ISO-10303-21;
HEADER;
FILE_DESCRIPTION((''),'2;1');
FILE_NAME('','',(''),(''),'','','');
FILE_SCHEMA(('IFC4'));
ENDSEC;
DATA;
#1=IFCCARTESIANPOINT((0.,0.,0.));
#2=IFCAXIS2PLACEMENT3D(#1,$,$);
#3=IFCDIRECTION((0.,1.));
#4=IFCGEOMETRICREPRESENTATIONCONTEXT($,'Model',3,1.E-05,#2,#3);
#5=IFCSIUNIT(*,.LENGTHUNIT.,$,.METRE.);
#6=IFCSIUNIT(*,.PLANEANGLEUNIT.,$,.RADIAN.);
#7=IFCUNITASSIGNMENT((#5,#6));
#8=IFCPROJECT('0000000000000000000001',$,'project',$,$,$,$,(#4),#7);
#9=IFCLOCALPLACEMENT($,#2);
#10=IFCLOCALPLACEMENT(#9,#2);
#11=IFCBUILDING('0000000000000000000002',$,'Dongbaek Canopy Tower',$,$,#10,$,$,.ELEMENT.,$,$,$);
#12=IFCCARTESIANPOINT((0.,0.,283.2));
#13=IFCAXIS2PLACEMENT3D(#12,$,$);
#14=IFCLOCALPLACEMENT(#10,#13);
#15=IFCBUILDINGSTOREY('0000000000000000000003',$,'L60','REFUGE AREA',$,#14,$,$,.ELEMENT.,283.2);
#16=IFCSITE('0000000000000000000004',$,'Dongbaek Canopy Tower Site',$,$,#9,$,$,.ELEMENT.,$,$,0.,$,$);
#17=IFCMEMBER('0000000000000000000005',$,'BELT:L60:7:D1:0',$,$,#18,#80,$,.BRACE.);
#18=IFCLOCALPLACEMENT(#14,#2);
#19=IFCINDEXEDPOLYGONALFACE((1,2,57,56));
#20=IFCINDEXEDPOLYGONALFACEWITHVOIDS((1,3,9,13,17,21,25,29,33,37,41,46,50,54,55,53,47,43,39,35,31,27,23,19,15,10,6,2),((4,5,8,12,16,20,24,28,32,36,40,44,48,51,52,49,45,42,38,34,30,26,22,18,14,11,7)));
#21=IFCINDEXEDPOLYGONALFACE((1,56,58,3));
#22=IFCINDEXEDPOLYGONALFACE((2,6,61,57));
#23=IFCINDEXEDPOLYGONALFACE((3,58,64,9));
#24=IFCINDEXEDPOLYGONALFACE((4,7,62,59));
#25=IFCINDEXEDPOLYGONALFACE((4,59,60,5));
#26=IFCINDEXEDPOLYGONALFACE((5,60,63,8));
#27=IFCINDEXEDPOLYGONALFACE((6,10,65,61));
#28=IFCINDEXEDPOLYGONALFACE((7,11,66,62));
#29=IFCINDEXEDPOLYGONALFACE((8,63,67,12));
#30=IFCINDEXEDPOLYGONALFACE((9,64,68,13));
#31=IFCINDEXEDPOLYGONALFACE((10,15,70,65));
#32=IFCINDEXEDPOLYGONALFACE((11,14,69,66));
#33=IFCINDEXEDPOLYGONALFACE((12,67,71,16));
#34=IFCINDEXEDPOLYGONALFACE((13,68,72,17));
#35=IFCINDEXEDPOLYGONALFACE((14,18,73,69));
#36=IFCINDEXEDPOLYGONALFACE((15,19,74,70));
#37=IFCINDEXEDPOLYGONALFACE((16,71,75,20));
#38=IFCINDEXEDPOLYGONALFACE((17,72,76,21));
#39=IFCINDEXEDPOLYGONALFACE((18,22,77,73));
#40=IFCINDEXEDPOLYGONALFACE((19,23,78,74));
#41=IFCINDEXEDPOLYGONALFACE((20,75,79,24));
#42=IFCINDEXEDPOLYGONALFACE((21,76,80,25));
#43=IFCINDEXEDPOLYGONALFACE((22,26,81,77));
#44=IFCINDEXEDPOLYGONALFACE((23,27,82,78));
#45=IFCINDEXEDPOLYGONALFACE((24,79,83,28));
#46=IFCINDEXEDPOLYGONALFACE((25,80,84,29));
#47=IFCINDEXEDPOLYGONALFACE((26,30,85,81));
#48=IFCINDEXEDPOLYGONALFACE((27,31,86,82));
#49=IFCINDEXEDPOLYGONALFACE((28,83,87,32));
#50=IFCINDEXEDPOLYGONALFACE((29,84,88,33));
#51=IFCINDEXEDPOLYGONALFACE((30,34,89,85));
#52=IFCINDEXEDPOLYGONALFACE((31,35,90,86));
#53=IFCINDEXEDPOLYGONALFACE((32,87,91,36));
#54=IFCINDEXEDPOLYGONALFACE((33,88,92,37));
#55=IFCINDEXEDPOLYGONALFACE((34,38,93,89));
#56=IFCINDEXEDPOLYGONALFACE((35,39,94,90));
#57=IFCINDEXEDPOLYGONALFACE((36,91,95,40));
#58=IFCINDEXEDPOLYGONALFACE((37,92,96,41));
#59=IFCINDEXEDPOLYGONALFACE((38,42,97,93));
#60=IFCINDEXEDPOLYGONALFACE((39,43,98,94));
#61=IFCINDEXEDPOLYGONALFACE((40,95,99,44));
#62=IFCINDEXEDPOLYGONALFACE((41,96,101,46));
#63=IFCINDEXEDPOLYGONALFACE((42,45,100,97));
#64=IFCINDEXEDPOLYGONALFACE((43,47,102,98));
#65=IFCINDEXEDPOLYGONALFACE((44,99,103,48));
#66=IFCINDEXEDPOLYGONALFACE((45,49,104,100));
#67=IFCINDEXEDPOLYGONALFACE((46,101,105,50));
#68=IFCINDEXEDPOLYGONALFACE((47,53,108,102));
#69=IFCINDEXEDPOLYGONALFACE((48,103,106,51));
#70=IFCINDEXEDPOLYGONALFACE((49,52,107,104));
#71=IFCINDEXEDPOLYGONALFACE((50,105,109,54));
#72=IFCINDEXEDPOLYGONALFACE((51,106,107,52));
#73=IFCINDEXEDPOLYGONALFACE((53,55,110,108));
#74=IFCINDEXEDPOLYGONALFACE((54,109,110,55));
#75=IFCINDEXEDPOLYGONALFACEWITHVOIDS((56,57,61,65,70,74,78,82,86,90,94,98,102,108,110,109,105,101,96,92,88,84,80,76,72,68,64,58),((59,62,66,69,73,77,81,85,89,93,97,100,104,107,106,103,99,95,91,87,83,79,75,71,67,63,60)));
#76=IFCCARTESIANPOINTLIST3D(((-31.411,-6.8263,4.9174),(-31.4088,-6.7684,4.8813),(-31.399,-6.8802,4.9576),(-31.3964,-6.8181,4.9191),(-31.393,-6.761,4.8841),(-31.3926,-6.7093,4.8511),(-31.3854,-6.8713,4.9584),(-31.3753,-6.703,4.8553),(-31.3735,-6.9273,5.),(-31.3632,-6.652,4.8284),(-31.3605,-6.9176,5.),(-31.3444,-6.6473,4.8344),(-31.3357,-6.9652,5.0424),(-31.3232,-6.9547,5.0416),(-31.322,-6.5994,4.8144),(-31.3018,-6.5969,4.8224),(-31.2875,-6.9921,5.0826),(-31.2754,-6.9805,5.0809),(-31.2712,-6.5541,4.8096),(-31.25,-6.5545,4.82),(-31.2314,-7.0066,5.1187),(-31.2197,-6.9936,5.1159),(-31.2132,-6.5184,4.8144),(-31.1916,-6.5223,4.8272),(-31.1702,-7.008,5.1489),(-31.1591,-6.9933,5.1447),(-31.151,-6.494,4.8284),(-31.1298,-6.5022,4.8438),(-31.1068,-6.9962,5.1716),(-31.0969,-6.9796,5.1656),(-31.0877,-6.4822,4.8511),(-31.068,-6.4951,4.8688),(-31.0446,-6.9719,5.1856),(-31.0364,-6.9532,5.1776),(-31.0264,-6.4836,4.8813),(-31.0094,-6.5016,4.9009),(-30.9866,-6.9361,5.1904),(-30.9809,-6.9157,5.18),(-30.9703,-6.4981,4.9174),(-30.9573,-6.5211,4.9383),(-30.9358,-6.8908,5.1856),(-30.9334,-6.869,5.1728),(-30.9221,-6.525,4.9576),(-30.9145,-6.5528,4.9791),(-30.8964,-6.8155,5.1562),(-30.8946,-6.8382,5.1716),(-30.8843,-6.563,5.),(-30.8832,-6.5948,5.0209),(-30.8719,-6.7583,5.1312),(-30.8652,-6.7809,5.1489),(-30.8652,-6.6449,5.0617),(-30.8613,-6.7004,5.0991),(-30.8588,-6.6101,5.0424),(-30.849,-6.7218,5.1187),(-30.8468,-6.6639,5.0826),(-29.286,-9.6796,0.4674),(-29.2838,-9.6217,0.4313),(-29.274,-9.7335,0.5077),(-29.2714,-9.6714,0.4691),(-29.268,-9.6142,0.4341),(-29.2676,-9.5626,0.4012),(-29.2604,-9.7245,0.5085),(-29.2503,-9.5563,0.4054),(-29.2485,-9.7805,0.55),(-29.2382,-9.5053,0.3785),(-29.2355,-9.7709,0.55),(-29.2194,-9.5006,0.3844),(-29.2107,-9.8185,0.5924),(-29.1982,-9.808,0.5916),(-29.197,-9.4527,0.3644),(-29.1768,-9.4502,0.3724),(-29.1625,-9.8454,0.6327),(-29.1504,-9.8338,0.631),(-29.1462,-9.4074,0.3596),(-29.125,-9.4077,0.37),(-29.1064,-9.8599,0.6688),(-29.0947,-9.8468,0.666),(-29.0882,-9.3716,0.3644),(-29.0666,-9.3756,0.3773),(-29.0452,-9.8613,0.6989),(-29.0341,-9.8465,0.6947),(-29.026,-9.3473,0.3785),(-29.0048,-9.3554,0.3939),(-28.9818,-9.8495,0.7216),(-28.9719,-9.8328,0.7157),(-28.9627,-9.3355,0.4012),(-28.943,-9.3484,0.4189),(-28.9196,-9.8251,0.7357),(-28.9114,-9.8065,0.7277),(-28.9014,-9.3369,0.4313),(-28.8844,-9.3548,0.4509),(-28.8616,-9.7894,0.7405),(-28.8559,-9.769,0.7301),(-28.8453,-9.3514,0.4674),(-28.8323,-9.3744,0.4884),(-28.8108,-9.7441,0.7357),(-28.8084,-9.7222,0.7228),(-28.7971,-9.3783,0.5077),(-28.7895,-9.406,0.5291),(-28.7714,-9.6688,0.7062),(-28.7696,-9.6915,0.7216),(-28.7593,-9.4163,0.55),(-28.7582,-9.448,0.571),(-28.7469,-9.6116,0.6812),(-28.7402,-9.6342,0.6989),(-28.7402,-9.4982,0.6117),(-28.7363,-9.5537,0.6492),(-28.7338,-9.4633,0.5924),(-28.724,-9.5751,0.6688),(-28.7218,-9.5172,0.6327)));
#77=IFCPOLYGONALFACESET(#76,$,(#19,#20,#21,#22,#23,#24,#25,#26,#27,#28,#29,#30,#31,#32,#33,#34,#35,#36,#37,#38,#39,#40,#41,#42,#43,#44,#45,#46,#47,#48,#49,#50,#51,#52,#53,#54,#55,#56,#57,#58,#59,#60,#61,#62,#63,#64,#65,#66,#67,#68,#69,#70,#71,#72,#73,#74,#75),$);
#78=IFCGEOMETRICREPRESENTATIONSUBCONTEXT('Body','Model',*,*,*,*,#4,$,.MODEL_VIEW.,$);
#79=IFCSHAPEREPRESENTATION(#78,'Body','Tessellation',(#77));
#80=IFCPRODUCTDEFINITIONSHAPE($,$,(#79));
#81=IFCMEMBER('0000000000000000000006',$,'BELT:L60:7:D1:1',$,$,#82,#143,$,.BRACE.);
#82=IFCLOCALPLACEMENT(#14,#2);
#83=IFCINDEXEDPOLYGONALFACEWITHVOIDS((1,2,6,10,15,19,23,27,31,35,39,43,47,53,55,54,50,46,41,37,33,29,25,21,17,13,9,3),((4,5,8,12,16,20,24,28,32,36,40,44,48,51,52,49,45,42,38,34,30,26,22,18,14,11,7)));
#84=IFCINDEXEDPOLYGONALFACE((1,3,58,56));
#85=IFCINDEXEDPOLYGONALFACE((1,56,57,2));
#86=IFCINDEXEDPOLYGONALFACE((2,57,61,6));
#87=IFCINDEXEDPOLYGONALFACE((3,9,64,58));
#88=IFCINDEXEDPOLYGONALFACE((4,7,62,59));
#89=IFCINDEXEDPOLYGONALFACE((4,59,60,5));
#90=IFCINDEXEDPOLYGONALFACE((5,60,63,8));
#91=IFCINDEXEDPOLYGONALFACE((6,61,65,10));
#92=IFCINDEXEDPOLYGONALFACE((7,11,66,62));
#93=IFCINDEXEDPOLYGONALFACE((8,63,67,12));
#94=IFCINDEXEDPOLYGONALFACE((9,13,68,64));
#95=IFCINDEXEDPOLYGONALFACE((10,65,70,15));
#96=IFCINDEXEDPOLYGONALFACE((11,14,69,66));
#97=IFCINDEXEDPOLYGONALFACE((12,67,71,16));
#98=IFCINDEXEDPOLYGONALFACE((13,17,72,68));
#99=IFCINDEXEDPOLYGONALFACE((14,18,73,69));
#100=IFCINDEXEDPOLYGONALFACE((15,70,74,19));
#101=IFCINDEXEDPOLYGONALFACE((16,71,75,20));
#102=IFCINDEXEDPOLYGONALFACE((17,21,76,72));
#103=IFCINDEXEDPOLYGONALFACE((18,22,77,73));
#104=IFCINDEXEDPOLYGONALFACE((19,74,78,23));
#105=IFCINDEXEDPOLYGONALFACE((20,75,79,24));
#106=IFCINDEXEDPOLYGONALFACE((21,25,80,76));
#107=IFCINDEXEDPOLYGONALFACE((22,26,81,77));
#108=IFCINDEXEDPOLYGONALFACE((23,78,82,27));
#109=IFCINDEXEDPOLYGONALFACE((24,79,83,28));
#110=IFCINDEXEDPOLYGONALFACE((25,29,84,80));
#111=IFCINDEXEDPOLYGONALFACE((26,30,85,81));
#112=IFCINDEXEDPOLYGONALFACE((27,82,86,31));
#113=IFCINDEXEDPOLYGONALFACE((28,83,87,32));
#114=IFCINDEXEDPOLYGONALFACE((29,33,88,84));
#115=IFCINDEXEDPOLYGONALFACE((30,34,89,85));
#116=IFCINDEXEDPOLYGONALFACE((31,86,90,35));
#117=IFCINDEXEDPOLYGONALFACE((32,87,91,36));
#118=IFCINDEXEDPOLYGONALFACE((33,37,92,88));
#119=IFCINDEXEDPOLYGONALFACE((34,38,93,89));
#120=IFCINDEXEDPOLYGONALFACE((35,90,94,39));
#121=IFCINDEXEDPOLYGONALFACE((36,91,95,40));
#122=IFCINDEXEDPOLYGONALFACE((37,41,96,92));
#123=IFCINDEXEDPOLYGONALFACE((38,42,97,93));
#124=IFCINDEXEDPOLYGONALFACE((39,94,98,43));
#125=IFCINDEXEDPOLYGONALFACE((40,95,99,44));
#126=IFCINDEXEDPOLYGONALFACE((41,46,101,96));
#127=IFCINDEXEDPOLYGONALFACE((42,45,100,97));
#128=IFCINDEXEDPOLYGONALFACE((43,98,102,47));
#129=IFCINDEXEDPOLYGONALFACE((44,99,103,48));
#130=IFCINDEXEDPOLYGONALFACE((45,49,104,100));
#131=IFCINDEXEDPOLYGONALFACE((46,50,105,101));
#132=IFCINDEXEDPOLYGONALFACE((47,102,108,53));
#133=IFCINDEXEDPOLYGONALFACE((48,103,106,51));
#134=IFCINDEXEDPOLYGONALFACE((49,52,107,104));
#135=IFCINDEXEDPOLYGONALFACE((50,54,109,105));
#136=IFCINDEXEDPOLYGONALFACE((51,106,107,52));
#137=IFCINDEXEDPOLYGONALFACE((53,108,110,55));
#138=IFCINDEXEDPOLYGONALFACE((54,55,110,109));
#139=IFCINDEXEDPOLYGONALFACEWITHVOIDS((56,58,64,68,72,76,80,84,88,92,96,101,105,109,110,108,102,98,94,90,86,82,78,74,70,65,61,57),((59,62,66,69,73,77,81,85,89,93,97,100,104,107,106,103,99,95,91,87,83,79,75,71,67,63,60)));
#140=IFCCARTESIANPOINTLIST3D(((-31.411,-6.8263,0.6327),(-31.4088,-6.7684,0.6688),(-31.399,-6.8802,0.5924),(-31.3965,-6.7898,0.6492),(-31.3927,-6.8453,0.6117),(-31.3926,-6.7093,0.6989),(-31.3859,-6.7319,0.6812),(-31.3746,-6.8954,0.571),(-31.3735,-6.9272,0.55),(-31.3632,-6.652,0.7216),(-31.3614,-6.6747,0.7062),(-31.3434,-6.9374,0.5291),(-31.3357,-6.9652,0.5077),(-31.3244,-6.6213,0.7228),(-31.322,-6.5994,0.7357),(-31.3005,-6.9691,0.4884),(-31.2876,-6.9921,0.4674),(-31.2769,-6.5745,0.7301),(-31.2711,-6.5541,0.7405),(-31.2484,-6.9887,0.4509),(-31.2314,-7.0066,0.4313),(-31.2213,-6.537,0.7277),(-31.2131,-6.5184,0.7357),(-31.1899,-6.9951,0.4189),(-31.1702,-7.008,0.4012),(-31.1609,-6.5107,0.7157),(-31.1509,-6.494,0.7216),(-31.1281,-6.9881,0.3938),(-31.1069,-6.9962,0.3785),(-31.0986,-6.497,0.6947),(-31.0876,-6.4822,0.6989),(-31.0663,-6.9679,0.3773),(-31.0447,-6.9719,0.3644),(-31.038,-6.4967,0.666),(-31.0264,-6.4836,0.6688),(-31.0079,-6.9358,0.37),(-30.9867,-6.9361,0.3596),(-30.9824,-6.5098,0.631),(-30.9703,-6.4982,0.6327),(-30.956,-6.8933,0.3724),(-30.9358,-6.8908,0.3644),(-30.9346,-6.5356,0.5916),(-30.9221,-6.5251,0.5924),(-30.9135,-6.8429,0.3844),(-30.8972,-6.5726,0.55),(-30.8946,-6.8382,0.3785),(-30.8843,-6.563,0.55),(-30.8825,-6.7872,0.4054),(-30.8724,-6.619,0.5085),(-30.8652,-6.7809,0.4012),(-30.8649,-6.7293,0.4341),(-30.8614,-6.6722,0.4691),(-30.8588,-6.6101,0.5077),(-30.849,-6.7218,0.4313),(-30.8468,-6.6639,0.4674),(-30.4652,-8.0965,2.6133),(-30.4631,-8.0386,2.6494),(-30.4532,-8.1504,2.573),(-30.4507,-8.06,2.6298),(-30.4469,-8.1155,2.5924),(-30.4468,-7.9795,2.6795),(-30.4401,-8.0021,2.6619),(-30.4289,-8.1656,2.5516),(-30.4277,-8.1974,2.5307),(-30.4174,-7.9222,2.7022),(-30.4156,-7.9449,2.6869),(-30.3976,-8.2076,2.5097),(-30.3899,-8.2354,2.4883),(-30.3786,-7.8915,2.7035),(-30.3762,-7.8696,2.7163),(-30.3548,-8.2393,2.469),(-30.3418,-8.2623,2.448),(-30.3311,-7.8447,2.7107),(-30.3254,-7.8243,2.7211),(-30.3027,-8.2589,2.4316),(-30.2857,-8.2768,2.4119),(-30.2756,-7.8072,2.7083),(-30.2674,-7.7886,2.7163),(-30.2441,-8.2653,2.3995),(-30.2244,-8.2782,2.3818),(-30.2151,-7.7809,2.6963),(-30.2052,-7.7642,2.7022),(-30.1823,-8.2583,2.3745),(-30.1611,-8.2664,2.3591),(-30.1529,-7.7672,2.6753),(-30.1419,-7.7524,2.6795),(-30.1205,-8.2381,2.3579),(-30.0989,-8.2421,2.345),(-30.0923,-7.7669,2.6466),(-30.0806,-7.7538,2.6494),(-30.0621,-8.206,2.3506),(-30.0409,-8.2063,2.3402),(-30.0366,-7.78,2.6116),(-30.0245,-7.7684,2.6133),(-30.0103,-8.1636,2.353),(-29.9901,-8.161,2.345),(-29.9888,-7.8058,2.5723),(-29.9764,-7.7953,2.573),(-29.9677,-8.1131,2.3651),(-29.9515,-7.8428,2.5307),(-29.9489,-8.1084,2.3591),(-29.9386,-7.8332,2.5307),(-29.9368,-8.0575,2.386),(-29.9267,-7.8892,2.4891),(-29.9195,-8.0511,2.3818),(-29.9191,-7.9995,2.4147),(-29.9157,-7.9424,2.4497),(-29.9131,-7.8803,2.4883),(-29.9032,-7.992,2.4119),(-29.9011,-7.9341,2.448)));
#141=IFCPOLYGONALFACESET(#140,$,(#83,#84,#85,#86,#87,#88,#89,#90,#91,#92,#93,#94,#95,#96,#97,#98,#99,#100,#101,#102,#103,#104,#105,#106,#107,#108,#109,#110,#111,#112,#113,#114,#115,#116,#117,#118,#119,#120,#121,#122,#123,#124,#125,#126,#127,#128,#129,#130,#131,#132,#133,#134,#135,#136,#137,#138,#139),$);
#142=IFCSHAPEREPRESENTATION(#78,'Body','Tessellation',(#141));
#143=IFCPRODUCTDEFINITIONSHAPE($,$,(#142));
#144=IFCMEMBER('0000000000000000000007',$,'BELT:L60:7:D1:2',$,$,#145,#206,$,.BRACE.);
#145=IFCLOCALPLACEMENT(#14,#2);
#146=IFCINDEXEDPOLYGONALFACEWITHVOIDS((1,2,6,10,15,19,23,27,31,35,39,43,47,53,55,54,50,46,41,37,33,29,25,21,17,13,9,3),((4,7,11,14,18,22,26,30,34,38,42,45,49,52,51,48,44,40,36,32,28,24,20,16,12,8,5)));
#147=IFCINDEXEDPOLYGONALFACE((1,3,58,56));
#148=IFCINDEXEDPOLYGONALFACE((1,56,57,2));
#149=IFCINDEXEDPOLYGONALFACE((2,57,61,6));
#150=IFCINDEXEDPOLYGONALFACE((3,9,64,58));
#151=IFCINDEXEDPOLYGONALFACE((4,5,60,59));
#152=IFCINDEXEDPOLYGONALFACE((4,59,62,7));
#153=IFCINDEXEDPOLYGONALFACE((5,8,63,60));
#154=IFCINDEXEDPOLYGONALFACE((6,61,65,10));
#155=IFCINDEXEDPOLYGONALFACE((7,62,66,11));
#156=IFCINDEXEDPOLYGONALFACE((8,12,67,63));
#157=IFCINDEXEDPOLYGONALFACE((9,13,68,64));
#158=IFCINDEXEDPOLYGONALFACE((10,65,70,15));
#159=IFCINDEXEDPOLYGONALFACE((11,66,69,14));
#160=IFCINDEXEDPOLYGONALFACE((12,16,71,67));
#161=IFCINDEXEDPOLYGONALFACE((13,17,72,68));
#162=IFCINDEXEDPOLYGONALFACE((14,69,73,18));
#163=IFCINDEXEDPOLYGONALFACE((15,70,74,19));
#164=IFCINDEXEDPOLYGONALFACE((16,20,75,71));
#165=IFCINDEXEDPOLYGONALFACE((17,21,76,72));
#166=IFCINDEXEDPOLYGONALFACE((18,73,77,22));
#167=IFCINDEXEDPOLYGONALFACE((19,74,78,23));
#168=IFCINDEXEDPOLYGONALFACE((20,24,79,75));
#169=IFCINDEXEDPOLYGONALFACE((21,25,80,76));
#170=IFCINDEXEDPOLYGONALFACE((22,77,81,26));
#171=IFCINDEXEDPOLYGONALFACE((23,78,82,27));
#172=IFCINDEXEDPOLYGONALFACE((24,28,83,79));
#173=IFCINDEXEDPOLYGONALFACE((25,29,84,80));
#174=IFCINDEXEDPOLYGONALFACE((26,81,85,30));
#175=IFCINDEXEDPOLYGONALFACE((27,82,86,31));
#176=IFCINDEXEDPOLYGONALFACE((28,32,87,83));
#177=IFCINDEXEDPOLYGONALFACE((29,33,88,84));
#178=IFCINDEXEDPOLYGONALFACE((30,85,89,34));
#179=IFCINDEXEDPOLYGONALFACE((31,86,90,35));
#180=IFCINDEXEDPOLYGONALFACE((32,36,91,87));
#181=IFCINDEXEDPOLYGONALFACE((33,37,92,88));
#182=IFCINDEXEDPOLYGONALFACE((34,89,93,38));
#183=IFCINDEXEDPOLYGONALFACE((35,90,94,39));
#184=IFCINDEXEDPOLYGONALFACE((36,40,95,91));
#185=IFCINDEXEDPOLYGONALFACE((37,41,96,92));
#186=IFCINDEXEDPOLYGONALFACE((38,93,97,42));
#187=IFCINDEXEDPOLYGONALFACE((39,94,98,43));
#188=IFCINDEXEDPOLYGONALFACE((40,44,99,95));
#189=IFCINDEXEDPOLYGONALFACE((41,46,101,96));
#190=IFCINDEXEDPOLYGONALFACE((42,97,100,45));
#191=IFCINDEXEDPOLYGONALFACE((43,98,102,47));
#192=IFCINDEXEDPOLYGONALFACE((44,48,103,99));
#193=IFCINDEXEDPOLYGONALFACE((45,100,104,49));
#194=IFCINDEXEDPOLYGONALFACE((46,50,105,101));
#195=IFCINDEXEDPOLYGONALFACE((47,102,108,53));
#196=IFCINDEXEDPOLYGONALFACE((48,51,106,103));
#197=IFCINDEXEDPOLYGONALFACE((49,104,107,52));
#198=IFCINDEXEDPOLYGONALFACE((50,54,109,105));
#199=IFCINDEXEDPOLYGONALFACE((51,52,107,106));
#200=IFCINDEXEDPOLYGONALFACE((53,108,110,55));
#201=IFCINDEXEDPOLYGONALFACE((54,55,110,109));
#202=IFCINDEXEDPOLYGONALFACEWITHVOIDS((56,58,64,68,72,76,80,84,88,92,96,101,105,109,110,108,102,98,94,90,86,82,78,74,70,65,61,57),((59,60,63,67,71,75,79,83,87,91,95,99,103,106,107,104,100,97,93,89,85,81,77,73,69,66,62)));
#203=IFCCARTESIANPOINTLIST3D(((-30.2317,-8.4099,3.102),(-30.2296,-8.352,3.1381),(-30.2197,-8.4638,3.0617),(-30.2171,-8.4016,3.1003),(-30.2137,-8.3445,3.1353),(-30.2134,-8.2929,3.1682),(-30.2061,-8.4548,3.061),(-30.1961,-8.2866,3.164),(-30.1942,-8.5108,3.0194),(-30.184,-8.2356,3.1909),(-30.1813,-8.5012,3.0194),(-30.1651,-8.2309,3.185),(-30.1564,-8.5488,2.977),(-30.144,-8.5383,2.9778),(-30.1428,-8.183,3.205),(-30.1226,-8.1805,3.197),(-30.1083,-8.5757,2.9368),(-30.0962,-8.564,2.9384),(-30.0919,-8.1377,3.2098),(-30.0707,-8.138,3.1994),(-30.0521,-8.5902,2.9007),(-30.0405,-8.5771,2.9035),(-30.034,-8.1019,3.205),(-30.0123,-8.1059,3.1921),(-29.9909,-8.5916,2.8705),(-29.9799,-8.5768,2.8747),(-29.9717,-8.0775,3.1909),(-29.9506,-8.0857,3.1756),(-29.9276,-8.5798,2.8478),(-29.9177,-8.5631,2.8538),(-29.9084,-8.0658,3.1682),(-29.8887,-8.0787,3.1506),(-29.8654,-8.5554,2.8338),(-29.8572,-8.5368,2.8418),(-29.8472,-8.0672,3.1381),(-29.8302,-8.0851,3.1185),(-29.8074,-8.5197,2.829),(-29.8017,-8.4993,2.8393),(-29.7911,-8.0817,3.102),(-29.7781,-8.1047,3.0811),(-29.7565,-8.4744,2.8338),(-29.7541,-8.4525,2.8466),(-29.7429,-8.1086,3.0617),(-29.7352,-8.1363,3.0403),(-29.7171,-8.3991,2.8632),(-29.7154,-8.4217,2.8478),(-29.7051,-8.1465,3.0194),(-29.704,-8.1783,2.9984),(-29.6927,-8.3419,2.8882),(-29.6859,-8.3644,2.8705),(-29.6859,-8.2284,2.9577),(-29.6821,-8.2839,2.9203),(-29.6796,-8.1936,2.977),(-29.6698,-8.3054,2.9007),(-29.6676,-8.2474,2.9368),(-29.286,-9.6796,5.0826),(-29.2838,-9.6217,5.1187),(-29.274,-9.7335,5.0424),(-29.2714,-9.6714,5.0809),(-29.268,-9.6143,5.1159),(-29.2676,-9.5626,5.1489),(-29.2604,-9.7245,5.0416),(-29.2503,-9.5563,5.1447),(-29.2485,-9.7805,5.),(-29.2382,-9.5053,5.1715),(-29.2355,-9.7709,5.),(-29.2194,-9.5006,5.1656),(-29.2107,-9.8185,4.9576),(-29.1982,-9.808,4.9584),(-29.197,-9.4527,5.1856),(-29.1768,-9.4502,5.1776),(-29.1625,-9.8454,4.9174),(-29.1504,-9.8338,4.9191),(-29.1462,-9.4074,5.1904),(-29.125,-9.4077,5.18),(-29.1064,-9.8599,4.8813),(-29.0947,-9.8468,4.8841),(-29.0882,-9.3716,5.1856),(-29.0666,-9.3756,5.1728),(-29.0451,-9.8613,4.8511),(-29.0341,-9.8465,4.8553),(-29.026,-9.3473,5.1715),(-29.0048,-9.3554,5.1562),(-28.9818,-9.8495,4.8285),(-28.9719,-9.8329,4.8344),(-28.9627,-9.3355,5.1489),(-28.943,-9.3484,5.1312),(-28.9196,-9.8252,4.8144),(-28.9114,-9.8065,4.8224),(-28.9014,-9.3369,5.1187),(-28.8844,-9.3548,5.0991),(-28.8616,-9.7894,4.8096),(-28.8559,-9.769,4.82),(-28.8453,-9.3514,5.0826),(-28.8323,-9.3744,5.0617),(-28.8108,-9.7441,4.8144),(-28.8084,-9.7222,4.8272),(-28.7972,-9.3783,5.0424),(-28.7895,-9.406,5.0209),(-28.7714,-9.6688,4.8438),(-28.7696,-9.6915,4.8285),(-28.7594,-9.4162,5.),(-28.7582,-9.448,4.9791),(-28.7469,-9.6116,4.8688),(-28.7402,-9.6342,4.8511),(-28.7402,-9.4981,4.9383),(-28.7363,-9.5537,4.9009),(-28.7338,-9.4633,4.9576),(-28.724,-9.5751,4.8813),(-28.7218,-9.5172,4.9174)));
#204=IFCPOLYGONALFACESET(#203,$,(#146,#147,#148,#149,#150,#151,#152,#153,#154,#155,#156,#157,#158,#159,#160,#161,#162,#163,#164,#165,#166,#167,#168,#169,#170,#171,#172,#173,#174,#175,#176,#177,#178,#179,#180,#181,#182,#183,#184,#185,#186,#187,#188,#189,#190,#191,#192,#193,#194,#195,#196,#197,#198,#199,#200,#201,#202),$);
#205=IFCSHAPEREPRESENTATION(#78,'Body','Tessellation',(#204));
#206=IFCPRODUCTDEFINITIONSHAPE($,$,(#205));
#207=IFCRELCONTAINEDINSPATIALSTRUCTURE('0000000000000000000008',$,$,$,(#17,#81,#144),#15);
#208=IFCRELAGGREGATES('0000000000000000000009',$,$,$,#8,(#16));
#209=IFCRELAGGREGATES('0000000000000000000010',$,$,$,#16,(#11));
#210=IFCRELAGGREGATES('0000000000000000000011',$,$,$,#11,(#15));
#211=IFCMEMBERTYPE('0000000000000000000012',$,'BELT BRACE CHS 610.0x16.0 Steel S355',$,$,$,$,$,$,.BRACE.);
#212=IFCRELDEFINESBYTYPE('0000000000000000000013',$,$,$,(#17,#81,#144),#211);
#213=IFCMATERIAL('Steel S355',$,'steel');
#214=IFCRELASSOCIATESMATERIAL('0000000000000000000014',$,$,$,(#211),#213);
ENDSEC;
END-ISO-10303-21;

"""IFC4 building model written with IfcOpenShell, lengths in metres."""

from ifc_helpers import new_model, si_unit, direction, frame, origin, origin_2d, place, context, subcontext, project, spatial, hollow_circle, extrude, material, material_profile, profile_set, type_object, element, save


model = new_model("IFC4")

# Units and contexts
model_context = context("Model", 3, precision=1e-05, world=origin(), true_north=direction((0.0, 1.0)))
body_context = subcontext(model_context, "Body", "Model", "MODEL_VIEW")
ifc_project = project(units=[si_unit("LENGTHUNIT", "METRE"), si_unit("PLANEANGLEUNIT", "RADIAN")], contexts=[model_context])

# Site, building, storey
site_placement = place(None, origin())
site = spatial("IfcSite", under=ifc_project, at=site_placement, Name="Dongbaek Canopy Tower Site", CompositionType="ELEMENT", RefElevation=0.0)
building_placement = place(site_placement, origin())
building = spatial("IfcBuilding", under=site, at=building_placement, Name="Dongbaek Canopy Tower", CompositionType="ELEMENT")
storey_placement = place(building_placement, frame((0.0, 0.0, 283.2)))
storey = spatial("IfcBuildingStorey", under=building, at=storey_placement, Name="L60", Description="REFUGE AREA", CompositionType="ELEMENT", Elevation=283.2)

# Members
ifc_material_1 = material(Name="Steel S355", Category="steel")
ifc_material_profile_1 = material_profile(ifc_material_1, hollow_circle(Radius=0.3049, WallThickness=0.0161, at=origin_2d()), Name="BELT BRACE CHS 610.0x16.0 Steel S355")
ifc_profile_set_1 = profile_set([ifc_material_profile_1], Name="Steel S355")
member_type_1 = type_object("IfcMemberType", Name="BELT BRACE CHS 610.0x16.0 Steel S355", PredefinedType="BRACE", material=ifc_profile_set_1)
member_1_placement = place(storey_placement, frame((-29.0039, -9.5984, 0.55), z_axis=(-0.372986, 0.500814, 0.781068), x_axis=(-0.802013, -0.597307, 0.0)))
element("IfcMember", 1, at=member_1_placement, inside=storey, type_object=member_type_1, Name="BELT:L60:7:D1:0", PredefinedType="BRACE", context=body_context, shape_type="SweptSolid", body=[
    extrude(hollow_circle(Radius=0.3049, WallThickness=0.0161, at=origin_2d()), origin(), (0.0, 0.0, 1.0), 5.6973),
])
member_2_placement = place(storey_placement, frame((-31.1289, -6.7451, 0.55), z_axis=(0.372949, -0.500891, 0.781036), x_axis=(0.802086, 0.597209, 0.0)))
element("IfcMember", 2, at=member_2_placement, inside=storey, type_object=member_type_1, Name="BELT:L60:7:D1:1", PredefinedType="BRACE", context=body_context, shape_type="SweptSolid", body=[
    extrude(hollow_circle(Radius=0.3049, WallThickness=0.0161, at=origin_2d()), origin(), (0.0, 0.0, 1.0), 2.5359),
])
member_3_placement = place(storey_placement, frame((-29.0039, -9.5984, 5.0), z_axis=(-0.372985, 0.500747, -0.781111), x_axis=(-0.801976, -0.597357, 0.0)))
element("IfcMember", 3, at=member_3_placement, inside=storey, type_object=member_type_1, Name="BELT:L60:7:D1:2", PredefinedType="BRACE", context=body_context, shape_type="SweptSolid", body=[
    extrude(hollow_circle(Radius=0.3049, WallThickness=0.0161, at=origin_2d()), origin(), (0.0, 0.0, 1.0), 2.5356),
])

save(model, "model.ifc")
